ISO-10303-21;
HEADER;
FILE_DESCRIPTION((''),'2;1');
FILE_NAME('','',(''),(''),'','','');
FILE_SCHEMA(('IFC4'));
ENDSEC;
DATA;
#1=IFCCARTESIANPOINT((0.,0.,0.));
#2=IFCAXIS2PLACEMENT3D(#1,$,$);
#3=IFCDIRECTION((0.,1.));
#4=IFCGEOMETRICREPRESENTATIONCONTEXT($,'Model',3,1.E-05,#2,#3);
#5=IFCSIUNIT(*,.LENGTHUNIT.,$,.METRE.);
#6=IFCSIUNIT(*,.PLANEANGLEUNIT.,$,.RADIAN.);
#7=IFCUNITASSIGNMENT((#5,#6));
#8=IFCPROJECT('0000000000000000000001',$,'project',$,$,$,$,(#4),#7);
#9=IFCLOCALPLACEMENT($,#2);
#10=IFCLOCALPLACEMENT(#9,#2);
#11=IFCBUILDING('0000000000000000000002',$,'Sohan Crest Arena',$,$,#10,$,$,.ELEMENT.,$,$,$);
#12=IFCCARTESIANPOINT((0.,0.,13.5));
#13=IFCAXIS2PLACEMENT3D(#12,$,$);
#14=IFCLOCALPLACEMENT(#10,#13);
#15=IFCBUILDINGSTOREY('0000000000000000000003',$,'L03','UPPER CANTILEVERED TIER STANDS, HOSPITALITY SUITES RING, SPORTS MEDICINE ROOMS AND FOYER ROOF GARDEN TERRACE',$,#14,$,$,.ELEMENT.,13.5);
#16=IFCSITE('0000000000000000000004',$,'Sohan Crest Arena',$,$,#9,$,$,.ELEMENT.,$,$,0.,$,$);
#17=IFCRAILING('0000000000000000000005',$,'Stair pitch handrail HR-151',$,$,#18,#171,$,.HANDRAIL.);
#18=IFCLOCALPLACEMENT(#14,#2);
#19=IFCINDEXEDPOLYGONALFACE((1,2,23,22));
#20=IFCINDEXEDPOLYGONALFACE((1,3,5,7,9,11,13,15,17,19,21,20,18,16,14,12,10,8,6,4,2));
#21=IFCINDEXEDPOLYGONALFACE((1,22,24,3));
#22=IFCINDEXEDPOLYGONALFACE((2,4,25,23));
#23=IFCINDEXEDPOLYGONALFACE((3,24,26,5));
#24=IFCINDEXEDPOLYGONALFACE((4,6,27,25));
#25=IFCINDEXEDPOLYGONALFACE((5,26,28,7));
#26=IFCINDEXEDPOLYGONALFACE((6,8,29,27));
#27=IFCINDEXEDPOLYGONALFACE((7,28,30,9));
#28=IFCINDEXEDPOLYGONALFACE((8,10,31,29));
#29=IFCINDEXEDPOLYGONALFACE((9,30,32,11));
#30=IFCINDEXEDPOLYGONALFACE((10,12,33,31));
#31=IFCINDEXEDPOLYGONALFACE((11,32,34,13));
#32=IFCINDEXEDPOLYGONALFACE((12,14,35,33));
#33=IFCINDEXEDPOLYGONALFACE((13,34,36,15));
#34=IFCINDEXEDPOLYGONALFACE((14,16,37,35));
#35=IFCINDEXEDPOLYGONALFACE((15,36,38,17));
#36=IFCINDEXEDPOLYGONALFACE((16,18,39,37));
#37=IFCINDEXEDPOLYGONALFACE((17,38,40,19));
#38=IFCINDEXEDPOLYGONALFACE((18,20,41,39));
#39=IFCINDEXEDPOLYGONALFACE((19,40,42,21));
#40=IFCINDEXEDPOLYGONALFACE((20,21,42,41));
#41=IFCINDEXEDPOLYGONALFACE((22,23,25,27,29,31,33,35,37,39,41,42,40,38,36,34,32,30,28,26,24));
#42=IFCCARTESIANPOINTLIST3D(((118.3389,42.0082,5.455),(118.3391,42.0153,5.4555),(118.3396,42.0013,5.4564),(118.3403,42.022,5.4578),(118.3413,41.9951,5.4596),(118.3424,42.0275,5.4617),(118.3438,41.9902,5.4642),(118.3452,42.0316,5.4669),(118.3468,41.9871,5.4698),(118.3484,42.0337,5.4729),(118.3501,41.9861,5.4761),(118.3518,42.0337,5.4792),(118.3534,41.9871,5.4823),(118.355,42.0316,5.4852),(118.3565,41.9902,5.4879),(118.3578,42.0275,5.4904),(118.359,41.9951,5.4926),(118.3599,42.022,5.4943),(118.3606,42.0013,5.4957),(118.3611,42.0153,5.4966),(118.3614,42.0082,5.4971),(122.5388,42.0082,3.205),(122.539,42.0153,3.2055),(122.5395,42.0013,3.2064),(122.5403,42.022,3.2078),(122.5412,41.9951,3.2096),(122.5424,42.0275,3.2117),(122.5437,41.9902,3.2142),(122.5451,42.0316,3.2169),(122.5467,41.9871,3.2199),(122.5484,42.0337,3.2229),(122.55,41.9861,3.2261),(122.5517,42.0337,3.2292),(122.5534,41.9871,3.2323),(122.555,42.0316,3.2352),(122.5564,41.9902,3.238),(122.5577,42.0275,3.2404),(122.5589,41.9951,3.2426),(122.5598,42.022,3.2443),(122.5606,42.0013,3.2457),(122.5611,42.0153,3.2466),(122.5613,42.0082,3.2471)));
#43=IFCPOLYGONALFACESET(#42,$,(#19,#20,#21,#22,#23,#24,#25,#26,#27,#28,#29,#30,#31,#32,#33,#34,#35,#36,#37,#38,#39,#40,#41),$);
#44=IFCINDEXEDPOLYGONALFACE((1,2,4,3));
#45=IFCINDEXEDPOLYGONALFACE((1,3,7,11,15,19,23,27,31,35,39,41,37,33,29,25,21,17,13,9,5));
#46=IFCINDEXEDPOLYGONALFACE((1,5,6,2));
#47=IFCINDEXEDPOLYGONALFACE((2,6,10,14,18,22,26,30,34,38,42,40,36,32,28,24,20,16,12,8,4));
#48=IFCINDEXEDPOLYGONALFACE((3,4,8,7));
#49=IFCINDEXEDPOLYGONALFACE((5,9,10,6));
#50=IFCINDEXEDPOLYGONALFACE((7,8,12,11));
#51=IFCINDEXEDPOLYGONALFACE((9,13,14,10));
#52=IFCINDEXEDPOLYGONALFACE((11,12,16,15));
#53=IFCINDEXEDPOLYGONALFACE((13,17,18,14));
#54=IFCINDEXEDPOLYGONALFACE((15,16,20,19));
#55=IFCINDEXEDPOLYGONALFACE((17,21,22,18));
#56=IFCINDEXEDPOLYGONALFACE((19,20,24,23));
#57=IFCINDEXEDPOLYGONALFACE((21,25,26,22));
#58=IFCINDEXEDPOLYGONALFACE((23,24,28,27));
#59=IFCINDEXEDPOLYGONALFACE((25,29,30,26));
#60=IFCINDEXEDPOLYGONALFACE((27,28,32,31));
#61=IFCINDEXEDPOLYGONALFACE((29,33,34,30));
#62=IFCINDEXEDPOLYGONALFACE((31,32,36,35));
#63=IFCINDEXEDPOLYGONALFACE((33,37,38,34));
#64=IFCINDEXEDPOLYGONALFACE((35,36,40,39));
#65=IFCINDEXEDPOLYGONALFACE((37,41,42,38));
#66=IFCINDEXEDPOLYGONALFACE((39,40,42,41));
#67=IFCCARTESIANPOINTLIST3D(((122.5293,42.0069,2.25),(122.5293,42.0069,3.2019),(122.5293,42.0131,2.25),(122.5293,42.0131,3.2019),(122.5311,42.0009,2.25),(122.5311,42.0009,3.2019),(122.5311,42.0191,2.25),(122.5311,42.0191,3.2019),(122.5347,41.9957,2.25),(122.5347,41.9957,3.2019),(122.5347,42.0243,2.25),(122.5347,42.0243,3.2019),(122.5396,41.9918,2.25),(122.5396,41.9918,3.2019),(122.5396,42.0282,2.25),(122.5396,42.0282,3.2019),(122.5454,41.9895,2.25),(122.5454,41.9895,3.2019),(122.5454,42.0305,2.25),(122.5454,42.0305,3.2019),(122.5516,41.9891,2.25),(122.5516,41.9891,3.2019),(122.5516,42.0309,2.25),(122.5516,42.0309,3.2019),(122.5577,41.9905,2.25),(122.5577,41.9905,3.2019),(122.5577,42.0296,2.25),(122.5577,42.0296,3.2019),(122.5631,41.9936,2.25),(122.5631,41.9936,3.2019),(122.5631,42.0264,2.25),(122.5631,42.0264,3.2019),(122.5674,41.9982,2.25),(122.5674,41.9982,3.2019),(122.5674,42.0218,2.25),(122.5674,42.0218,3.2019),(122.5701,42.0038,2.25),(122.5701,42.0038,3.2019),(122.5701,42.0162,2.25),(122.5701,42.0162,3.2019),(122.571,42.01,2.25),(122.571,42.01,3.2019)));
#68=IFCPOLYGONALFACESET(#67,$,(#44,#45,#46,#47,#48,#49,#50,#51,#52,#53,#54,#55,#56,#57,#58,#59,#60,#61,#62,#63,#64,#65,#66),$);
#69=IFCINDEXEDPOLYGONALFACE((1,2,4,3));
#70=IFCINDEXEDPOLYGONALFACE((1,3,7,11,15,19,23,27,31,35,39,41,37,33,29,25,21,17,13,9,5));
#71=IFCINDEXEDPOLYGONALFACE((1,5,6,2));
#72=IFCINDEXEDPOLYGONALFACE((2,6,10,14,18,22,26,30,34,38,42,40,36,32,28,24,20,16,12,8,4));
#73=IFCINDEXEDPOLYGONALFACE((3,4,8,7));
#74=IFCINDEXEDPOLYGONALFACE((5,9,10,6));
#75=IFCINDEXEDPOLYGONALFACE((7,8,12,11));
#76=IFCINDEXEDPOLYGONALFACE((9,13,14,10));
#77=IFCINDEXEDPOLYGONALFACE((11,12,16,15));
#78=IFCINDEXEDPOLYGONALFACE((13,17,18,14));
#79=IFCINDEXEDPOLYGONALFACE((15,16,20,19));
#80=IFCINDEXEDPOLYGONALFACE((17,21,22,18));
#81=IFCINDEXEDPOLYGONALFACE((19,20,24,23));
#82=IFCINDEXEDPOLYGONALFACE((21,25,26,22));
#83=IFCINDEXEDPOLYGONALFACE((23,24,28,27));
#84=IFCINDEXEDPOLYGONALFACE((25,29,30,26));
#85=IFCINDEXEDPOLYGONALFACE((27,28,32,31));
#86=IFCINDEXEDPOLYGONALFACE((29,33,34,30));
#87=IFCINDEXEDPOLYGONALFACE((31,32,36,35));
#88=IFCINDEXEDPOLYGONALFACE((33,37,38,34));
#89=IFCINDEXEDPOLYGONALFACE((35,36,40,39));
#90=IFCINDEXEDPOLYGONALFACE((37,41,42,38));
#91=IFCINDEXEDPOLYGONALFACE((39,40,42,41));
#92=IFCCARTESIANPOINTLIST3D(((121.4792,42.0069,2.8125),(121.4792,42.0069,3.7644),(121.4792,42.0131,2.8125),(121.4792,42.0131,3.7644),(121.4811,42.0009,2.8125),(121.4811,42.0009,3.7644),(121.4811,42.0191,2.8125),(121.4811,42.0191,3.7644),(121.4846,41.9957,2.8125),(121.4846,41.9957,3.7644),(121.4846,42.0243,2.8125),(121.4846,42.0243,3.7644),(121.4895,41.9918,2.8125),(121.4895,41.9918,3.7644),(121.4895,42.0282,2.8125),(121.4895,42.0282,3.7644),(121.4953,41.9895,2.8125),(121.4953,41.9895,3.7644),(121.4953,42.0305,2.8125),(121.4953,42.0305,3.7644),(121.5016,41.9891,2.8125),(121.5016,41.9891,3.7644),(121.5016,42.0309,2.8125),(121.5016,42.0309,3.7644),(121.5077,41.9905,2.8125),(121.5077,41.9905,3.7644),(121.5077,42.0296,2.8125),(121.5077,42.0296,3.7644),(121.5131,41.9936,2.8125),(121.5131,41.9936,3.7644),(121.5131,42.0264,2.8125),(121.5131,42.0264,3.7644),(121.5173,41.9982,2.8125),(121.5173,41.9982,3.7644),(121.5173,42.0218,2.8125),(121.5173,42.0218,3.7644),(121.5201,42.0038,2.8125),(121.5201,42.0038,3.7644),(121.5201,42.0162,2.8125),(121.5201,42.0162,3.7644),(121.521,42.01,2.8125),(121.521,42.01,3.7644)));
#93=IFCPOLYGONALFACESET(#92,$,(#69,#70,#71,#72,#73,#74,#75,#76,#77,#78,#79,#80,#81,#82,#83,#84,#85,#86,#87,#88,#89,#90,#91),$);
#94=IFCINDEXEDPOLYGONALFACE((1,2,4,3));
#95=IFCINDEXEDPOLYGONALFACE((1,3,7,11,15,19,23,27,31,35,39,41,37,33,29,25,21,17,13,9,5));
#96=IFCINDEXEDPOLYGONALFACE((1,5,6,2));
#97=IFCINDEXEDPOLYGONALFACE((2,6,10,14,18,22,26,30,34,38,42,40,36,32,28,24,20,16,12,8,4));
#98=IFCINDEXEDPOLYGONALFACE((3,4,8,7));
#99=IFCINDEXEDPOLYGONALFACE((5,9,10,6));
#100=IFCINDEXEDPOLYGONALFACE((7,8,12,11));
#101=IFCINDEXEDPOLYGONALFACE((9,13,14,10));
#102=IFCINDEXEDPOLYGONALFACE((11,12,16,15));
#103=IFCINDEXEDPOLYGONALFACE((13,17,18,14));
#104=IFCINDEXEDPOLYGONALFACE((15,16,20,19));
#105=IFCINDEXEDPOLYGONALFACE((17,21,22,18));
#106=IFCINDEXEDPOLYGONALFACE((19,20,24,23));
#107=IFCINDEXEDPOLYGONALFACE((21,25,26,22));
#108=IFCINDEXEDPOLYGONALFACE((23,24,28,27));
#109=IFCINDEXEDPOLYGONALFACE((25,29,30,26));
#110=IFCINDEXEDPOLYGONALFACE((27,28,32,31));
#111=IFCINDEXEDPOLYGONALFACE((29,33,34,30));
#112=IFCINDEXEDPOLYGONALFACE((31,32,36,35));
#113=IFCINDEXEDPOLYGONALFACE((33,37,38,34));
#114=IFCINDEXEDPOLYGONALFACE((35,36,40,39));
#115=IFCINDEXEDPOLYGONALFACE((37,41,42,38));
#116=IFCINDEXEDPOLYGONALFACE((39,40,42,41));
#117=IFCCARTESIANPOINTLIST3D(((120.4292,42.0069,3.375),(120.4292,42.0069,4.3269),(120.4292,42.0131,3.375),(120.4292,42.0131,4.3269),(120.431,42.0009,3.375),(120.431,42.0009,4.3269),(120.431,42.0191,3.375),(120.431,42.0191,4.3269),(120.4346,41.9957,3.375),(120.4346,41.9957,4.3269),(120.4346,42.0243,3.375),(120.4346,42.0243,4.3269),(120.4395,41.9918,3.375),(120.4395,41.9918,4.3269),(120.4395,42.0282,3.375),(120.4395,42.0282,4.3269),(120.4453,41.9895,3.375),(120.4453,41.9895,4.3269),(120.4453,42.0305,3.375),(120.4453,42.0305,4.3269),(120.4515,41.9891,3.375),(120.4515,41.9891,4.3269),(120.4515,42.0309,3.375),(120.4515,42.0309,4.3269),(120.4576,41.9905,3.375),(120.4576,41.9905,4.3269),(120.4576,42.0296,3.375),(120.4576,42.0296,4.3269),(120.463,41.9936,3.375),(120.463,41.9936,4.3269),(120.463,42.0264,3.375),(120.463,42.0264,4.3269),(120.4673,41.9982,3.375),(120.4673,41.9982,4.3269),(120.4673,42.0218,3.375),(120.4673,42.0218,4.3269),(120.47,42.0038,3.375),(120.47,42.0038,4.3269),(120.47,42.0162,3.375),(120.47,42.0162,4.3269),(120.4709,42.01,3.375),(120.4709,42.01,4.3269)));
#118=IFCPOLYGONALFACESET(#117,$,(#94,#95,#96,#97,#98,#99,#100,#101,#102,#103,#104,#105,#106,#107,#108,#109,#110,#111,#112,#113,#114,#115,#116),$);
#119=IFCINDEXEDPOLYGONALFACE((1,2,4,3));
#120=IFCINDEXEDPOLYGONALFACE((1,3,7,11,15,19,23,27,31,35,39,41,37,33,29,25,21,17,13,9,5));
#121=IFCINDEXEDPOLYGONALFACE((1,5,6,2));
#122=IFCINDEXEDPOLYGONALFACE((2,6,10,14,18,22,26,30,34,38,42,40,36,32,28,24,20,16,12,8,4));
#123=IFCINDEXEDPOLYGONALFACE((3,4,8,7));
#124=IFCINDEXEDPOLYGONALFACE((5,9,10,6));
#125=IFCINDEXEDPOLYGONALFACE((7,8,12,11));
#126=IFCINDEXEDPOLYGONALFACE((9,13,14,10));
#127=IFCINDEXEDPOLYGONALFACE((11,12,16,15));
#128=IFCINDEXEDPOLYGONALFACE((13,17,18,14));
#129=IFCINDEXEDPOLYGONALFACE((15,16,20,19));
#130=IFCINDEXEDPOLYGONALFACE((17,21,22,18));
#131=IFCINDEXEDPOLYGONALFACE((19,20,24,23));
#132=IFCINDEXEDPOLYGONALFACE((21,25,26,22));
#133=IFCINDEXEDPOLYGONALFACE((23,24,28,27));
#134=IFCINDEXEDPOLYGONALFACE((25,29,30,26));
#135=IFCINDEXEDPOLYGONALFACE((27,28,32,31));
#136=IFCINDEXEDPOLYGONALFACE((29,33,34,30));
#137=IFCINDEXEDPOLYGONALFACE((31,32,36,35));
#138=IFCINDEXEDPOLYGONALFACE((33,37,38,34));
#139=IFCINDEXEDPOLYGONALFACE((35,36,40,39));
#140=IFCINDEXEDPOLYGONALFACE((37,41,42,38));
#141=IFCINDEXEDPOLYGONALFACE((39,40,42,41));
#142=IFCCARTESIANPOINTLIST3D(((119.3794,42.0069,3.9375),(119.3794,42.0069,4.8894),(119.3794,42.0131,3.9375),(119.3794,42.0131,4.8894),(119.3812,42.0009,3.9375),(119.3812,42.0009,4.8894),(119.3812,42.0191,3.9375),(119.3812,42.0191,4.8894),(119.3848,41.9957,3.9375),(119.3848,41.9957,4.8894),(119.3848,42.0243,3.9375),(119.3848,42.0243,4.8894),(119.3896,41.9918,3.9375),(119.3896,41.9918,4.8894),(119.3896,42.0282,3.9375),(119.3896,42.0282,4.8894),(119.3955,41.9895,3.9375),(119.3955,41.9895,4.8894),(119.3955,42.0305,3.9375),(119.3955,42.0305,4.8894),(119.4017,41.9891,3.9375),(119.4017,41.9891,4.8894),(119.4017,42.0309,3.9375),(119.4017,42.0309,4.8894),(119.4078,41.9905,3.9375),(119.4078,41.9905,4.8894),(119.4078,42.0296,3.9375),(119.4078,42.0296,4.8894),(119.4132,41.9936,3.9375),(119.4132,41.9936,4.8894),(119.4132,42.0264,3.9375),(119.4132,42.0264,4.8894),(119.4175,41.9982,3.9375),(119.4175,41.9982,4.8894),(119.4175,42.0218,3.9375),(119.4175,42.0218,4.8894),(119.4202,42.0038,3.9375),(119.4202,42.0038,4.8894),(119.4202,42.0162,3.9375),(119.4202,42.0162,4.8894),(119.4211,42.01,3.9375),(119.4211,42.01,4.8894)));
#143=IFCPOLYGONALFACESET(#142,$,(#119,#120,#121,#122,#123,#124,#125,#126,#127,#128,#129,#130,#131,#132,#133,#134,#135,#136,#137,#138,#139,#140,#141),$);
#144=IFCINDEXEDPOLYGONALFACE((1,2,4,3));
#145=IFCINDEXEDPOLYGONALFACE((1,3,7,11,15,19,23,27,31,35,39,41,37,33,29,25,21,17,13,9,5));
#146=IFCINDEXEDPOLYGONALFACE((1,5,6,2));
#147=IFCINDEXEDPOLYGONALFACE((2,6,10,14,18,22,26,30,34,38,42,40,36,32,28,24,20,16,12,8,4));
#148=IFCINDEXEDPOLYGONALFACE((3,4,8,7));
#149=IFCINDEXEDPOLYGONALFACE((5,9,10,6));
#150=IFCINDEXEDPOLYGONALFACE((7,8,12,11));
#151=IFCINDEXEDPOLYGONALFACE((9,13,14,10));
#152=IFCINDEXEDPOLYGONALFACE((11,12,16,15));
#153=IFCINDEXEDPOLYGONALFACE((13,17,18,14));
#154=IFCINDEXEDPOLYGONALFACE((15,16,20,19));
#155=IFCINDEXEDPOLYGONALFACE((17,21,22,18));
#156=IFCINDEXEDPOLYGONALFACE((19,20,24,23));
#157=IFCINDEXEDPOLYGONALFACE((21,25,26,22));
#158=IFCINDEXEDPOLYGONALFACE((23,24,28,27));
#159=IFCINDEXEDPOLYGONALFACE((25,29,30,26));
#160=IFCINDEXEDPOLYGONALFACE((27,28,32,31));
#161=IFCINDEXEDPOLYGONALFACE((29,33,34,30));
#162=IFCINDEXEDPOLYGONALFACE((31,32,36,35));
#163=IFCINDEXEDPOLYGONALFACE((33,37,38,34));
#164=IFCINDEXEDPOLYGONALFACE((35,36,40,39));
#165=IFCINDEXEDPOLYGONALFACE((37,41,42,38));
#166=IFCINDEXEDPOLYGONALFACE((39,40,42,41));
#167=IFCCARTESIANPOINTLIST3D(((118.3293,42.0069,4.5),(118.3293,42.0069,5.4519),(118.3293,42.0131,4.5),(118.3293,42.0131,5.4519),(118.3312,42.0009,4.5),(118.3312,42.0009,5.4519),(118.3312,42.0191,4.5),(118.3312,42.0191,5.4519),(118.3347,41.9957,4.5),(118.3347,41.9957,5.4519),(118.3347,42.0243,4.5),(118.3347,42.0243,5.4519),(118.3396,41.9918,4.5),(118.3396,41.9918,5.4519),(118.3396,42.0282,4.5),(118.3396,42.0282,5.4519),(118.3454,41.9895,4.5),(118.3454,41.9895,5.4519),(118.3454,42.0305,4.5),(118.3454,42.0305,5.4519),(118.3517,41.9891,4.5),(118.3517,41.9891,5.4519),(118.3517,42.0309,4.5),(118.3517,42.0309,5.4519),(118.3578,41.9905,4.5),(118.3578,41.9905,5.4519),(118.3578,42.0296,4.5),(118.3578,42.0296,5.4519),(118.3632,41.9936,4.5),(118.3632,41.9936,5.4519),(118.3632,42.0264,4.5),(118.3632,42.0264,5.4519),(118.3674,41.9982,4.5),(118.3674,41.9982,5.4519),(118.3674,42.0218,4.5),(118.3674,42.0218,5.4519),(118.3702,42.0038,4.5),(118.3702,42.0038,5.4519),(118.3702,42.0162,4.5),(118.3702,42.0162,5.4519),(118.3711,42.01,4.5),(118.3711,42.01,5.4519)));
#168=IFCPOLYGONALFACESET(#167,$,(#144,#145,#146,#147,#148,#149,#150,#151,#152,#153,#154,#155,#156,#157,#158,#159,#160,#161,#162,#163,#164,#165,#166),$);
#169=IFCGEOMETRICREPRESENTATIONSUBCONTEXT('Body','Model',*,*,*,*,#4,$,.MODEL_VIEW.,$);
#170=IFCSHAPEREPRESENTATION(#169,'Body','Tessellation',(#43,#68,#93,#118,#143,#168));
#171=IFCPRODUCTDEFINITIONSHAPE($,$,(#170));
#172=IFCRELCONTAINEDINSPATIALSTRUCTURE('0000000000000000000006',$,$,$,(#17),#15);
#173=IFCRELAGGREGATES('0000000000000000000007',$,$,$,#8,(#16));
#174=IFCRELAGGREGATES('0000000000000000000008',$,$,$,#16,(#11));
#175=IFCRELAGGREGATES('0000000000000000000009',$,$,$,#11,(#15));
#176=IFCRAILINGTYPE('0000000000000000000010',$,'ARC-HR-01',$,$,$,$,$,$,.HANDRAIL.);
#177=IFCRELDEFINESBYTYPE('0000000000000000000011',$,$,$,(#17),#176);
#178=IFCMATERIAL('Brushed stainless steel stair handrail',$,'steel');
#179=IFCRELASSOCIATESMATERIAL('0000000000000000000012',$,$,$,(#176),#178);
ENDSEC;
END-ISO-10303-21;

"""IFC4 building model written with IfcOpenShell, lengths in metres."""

from ifc_helpers import new_model, si_unit, direction, frame, origin, origin_2d, place, context, subcontext, project, spatial, circle, extrude, material, type_object, element, save


model = new_model("IFC4")

# Units and contexts
model_context = context("Model", 3, precision=1e-05, world=origin(), true_north=direction((0.0, 1.0)))
body_context = subcontext(model_context, "Body", "Model", "MODEL_VIEW")
ifc_project = project(units=[si_unit("LENGTHUNIT", "METRE"), si_unit("PLANEANGLEUNIT", "RADIAN")], contexts=[model_context])

# Site, building, storey
site_placement = place(None, origin())
site = spatial("IfcSite", under=ifc_project, at=site_placement, Name="Sohan Crest Arena", CompositionType="ELEMENT", RefElevation=0.0)
building_placement = place(site_placement, origin())
building = spatial("IfcBuilding", under=site, at=building_placement, Name="Sohan Crest Arena", CompositionType="ELEMENT")
storey_placement = place(building_placement, frame((0.0, 0.0, 13.5)))
storey = spatial("IfcBuildingStorey", under=building, at=storey_placement, Name="L03", Description="UPPER CANTILEVERED TIER STANDS, HOSPITALITY SUITES RING, SPORTS MEDICINE ROOMS AND FOYER ROOF GARDEN TERRACE", CompositionType="ELEMENT", Elevation=13.5)

# Railing
ifc_material_1 = material(Name="Brushed stainless steel stair handrail", Category="steel")
railing_type_1 = type_object("IfcRailingType", Name="ARC-HR-01", PredefinedType="HANDRAIL", material=ifc_material_1)
railing_1_placement = place(storey_placement, frame((122.55, 42.01, 2.25)))
element("IfcRailing", 1, at=railing_1_placement, inside=storey, type_object=railing_type_1, Name="Stair pitch handrail HR-151", PredefinedType="HANDRAIL", context=body_context, shape_type="SweptSolid", body=[
    extrude(circle(Radius=0.0239, at=origin_2d()), frame((0.0, 0.0, 0.9761), z_axis=(-0.881478, 0.0, 0.472226), x_axis=(0.0, -1.0, 0.0)), (0.0, 0.0, 1.0), 4.7646),
    extrude(circle(Radius=0.021, at=origin_2d()), origin(), (0.0, 0.0, 1.0), 0.9519),
    extrude(circle(Radius=0.021, at=origin_2d()), frame((-1.05, 0.0, 0.5625)), (0.0, 0.0, 1.0), 0.9519),
    extrude(circle(Radius=0.021, at=origin_2d()), frame((-2.1001, 0.0, 1.125)), (0.0, 0.0, 1.0), 0.9519),
    extrude(circle(Radius=0.021, at=origin_2d()), frame((-3.1499, 0.0, 1.6875)), (0.0, 0.0, 1.0), 0.9519),
    extrude(circle(Radius=0.021, at=origin_2d()), frame((-4.2, 0.0, 2.25)), (0.0, 0.0, 1.0), 0.9519),
])

save(model, "model.ifc")
